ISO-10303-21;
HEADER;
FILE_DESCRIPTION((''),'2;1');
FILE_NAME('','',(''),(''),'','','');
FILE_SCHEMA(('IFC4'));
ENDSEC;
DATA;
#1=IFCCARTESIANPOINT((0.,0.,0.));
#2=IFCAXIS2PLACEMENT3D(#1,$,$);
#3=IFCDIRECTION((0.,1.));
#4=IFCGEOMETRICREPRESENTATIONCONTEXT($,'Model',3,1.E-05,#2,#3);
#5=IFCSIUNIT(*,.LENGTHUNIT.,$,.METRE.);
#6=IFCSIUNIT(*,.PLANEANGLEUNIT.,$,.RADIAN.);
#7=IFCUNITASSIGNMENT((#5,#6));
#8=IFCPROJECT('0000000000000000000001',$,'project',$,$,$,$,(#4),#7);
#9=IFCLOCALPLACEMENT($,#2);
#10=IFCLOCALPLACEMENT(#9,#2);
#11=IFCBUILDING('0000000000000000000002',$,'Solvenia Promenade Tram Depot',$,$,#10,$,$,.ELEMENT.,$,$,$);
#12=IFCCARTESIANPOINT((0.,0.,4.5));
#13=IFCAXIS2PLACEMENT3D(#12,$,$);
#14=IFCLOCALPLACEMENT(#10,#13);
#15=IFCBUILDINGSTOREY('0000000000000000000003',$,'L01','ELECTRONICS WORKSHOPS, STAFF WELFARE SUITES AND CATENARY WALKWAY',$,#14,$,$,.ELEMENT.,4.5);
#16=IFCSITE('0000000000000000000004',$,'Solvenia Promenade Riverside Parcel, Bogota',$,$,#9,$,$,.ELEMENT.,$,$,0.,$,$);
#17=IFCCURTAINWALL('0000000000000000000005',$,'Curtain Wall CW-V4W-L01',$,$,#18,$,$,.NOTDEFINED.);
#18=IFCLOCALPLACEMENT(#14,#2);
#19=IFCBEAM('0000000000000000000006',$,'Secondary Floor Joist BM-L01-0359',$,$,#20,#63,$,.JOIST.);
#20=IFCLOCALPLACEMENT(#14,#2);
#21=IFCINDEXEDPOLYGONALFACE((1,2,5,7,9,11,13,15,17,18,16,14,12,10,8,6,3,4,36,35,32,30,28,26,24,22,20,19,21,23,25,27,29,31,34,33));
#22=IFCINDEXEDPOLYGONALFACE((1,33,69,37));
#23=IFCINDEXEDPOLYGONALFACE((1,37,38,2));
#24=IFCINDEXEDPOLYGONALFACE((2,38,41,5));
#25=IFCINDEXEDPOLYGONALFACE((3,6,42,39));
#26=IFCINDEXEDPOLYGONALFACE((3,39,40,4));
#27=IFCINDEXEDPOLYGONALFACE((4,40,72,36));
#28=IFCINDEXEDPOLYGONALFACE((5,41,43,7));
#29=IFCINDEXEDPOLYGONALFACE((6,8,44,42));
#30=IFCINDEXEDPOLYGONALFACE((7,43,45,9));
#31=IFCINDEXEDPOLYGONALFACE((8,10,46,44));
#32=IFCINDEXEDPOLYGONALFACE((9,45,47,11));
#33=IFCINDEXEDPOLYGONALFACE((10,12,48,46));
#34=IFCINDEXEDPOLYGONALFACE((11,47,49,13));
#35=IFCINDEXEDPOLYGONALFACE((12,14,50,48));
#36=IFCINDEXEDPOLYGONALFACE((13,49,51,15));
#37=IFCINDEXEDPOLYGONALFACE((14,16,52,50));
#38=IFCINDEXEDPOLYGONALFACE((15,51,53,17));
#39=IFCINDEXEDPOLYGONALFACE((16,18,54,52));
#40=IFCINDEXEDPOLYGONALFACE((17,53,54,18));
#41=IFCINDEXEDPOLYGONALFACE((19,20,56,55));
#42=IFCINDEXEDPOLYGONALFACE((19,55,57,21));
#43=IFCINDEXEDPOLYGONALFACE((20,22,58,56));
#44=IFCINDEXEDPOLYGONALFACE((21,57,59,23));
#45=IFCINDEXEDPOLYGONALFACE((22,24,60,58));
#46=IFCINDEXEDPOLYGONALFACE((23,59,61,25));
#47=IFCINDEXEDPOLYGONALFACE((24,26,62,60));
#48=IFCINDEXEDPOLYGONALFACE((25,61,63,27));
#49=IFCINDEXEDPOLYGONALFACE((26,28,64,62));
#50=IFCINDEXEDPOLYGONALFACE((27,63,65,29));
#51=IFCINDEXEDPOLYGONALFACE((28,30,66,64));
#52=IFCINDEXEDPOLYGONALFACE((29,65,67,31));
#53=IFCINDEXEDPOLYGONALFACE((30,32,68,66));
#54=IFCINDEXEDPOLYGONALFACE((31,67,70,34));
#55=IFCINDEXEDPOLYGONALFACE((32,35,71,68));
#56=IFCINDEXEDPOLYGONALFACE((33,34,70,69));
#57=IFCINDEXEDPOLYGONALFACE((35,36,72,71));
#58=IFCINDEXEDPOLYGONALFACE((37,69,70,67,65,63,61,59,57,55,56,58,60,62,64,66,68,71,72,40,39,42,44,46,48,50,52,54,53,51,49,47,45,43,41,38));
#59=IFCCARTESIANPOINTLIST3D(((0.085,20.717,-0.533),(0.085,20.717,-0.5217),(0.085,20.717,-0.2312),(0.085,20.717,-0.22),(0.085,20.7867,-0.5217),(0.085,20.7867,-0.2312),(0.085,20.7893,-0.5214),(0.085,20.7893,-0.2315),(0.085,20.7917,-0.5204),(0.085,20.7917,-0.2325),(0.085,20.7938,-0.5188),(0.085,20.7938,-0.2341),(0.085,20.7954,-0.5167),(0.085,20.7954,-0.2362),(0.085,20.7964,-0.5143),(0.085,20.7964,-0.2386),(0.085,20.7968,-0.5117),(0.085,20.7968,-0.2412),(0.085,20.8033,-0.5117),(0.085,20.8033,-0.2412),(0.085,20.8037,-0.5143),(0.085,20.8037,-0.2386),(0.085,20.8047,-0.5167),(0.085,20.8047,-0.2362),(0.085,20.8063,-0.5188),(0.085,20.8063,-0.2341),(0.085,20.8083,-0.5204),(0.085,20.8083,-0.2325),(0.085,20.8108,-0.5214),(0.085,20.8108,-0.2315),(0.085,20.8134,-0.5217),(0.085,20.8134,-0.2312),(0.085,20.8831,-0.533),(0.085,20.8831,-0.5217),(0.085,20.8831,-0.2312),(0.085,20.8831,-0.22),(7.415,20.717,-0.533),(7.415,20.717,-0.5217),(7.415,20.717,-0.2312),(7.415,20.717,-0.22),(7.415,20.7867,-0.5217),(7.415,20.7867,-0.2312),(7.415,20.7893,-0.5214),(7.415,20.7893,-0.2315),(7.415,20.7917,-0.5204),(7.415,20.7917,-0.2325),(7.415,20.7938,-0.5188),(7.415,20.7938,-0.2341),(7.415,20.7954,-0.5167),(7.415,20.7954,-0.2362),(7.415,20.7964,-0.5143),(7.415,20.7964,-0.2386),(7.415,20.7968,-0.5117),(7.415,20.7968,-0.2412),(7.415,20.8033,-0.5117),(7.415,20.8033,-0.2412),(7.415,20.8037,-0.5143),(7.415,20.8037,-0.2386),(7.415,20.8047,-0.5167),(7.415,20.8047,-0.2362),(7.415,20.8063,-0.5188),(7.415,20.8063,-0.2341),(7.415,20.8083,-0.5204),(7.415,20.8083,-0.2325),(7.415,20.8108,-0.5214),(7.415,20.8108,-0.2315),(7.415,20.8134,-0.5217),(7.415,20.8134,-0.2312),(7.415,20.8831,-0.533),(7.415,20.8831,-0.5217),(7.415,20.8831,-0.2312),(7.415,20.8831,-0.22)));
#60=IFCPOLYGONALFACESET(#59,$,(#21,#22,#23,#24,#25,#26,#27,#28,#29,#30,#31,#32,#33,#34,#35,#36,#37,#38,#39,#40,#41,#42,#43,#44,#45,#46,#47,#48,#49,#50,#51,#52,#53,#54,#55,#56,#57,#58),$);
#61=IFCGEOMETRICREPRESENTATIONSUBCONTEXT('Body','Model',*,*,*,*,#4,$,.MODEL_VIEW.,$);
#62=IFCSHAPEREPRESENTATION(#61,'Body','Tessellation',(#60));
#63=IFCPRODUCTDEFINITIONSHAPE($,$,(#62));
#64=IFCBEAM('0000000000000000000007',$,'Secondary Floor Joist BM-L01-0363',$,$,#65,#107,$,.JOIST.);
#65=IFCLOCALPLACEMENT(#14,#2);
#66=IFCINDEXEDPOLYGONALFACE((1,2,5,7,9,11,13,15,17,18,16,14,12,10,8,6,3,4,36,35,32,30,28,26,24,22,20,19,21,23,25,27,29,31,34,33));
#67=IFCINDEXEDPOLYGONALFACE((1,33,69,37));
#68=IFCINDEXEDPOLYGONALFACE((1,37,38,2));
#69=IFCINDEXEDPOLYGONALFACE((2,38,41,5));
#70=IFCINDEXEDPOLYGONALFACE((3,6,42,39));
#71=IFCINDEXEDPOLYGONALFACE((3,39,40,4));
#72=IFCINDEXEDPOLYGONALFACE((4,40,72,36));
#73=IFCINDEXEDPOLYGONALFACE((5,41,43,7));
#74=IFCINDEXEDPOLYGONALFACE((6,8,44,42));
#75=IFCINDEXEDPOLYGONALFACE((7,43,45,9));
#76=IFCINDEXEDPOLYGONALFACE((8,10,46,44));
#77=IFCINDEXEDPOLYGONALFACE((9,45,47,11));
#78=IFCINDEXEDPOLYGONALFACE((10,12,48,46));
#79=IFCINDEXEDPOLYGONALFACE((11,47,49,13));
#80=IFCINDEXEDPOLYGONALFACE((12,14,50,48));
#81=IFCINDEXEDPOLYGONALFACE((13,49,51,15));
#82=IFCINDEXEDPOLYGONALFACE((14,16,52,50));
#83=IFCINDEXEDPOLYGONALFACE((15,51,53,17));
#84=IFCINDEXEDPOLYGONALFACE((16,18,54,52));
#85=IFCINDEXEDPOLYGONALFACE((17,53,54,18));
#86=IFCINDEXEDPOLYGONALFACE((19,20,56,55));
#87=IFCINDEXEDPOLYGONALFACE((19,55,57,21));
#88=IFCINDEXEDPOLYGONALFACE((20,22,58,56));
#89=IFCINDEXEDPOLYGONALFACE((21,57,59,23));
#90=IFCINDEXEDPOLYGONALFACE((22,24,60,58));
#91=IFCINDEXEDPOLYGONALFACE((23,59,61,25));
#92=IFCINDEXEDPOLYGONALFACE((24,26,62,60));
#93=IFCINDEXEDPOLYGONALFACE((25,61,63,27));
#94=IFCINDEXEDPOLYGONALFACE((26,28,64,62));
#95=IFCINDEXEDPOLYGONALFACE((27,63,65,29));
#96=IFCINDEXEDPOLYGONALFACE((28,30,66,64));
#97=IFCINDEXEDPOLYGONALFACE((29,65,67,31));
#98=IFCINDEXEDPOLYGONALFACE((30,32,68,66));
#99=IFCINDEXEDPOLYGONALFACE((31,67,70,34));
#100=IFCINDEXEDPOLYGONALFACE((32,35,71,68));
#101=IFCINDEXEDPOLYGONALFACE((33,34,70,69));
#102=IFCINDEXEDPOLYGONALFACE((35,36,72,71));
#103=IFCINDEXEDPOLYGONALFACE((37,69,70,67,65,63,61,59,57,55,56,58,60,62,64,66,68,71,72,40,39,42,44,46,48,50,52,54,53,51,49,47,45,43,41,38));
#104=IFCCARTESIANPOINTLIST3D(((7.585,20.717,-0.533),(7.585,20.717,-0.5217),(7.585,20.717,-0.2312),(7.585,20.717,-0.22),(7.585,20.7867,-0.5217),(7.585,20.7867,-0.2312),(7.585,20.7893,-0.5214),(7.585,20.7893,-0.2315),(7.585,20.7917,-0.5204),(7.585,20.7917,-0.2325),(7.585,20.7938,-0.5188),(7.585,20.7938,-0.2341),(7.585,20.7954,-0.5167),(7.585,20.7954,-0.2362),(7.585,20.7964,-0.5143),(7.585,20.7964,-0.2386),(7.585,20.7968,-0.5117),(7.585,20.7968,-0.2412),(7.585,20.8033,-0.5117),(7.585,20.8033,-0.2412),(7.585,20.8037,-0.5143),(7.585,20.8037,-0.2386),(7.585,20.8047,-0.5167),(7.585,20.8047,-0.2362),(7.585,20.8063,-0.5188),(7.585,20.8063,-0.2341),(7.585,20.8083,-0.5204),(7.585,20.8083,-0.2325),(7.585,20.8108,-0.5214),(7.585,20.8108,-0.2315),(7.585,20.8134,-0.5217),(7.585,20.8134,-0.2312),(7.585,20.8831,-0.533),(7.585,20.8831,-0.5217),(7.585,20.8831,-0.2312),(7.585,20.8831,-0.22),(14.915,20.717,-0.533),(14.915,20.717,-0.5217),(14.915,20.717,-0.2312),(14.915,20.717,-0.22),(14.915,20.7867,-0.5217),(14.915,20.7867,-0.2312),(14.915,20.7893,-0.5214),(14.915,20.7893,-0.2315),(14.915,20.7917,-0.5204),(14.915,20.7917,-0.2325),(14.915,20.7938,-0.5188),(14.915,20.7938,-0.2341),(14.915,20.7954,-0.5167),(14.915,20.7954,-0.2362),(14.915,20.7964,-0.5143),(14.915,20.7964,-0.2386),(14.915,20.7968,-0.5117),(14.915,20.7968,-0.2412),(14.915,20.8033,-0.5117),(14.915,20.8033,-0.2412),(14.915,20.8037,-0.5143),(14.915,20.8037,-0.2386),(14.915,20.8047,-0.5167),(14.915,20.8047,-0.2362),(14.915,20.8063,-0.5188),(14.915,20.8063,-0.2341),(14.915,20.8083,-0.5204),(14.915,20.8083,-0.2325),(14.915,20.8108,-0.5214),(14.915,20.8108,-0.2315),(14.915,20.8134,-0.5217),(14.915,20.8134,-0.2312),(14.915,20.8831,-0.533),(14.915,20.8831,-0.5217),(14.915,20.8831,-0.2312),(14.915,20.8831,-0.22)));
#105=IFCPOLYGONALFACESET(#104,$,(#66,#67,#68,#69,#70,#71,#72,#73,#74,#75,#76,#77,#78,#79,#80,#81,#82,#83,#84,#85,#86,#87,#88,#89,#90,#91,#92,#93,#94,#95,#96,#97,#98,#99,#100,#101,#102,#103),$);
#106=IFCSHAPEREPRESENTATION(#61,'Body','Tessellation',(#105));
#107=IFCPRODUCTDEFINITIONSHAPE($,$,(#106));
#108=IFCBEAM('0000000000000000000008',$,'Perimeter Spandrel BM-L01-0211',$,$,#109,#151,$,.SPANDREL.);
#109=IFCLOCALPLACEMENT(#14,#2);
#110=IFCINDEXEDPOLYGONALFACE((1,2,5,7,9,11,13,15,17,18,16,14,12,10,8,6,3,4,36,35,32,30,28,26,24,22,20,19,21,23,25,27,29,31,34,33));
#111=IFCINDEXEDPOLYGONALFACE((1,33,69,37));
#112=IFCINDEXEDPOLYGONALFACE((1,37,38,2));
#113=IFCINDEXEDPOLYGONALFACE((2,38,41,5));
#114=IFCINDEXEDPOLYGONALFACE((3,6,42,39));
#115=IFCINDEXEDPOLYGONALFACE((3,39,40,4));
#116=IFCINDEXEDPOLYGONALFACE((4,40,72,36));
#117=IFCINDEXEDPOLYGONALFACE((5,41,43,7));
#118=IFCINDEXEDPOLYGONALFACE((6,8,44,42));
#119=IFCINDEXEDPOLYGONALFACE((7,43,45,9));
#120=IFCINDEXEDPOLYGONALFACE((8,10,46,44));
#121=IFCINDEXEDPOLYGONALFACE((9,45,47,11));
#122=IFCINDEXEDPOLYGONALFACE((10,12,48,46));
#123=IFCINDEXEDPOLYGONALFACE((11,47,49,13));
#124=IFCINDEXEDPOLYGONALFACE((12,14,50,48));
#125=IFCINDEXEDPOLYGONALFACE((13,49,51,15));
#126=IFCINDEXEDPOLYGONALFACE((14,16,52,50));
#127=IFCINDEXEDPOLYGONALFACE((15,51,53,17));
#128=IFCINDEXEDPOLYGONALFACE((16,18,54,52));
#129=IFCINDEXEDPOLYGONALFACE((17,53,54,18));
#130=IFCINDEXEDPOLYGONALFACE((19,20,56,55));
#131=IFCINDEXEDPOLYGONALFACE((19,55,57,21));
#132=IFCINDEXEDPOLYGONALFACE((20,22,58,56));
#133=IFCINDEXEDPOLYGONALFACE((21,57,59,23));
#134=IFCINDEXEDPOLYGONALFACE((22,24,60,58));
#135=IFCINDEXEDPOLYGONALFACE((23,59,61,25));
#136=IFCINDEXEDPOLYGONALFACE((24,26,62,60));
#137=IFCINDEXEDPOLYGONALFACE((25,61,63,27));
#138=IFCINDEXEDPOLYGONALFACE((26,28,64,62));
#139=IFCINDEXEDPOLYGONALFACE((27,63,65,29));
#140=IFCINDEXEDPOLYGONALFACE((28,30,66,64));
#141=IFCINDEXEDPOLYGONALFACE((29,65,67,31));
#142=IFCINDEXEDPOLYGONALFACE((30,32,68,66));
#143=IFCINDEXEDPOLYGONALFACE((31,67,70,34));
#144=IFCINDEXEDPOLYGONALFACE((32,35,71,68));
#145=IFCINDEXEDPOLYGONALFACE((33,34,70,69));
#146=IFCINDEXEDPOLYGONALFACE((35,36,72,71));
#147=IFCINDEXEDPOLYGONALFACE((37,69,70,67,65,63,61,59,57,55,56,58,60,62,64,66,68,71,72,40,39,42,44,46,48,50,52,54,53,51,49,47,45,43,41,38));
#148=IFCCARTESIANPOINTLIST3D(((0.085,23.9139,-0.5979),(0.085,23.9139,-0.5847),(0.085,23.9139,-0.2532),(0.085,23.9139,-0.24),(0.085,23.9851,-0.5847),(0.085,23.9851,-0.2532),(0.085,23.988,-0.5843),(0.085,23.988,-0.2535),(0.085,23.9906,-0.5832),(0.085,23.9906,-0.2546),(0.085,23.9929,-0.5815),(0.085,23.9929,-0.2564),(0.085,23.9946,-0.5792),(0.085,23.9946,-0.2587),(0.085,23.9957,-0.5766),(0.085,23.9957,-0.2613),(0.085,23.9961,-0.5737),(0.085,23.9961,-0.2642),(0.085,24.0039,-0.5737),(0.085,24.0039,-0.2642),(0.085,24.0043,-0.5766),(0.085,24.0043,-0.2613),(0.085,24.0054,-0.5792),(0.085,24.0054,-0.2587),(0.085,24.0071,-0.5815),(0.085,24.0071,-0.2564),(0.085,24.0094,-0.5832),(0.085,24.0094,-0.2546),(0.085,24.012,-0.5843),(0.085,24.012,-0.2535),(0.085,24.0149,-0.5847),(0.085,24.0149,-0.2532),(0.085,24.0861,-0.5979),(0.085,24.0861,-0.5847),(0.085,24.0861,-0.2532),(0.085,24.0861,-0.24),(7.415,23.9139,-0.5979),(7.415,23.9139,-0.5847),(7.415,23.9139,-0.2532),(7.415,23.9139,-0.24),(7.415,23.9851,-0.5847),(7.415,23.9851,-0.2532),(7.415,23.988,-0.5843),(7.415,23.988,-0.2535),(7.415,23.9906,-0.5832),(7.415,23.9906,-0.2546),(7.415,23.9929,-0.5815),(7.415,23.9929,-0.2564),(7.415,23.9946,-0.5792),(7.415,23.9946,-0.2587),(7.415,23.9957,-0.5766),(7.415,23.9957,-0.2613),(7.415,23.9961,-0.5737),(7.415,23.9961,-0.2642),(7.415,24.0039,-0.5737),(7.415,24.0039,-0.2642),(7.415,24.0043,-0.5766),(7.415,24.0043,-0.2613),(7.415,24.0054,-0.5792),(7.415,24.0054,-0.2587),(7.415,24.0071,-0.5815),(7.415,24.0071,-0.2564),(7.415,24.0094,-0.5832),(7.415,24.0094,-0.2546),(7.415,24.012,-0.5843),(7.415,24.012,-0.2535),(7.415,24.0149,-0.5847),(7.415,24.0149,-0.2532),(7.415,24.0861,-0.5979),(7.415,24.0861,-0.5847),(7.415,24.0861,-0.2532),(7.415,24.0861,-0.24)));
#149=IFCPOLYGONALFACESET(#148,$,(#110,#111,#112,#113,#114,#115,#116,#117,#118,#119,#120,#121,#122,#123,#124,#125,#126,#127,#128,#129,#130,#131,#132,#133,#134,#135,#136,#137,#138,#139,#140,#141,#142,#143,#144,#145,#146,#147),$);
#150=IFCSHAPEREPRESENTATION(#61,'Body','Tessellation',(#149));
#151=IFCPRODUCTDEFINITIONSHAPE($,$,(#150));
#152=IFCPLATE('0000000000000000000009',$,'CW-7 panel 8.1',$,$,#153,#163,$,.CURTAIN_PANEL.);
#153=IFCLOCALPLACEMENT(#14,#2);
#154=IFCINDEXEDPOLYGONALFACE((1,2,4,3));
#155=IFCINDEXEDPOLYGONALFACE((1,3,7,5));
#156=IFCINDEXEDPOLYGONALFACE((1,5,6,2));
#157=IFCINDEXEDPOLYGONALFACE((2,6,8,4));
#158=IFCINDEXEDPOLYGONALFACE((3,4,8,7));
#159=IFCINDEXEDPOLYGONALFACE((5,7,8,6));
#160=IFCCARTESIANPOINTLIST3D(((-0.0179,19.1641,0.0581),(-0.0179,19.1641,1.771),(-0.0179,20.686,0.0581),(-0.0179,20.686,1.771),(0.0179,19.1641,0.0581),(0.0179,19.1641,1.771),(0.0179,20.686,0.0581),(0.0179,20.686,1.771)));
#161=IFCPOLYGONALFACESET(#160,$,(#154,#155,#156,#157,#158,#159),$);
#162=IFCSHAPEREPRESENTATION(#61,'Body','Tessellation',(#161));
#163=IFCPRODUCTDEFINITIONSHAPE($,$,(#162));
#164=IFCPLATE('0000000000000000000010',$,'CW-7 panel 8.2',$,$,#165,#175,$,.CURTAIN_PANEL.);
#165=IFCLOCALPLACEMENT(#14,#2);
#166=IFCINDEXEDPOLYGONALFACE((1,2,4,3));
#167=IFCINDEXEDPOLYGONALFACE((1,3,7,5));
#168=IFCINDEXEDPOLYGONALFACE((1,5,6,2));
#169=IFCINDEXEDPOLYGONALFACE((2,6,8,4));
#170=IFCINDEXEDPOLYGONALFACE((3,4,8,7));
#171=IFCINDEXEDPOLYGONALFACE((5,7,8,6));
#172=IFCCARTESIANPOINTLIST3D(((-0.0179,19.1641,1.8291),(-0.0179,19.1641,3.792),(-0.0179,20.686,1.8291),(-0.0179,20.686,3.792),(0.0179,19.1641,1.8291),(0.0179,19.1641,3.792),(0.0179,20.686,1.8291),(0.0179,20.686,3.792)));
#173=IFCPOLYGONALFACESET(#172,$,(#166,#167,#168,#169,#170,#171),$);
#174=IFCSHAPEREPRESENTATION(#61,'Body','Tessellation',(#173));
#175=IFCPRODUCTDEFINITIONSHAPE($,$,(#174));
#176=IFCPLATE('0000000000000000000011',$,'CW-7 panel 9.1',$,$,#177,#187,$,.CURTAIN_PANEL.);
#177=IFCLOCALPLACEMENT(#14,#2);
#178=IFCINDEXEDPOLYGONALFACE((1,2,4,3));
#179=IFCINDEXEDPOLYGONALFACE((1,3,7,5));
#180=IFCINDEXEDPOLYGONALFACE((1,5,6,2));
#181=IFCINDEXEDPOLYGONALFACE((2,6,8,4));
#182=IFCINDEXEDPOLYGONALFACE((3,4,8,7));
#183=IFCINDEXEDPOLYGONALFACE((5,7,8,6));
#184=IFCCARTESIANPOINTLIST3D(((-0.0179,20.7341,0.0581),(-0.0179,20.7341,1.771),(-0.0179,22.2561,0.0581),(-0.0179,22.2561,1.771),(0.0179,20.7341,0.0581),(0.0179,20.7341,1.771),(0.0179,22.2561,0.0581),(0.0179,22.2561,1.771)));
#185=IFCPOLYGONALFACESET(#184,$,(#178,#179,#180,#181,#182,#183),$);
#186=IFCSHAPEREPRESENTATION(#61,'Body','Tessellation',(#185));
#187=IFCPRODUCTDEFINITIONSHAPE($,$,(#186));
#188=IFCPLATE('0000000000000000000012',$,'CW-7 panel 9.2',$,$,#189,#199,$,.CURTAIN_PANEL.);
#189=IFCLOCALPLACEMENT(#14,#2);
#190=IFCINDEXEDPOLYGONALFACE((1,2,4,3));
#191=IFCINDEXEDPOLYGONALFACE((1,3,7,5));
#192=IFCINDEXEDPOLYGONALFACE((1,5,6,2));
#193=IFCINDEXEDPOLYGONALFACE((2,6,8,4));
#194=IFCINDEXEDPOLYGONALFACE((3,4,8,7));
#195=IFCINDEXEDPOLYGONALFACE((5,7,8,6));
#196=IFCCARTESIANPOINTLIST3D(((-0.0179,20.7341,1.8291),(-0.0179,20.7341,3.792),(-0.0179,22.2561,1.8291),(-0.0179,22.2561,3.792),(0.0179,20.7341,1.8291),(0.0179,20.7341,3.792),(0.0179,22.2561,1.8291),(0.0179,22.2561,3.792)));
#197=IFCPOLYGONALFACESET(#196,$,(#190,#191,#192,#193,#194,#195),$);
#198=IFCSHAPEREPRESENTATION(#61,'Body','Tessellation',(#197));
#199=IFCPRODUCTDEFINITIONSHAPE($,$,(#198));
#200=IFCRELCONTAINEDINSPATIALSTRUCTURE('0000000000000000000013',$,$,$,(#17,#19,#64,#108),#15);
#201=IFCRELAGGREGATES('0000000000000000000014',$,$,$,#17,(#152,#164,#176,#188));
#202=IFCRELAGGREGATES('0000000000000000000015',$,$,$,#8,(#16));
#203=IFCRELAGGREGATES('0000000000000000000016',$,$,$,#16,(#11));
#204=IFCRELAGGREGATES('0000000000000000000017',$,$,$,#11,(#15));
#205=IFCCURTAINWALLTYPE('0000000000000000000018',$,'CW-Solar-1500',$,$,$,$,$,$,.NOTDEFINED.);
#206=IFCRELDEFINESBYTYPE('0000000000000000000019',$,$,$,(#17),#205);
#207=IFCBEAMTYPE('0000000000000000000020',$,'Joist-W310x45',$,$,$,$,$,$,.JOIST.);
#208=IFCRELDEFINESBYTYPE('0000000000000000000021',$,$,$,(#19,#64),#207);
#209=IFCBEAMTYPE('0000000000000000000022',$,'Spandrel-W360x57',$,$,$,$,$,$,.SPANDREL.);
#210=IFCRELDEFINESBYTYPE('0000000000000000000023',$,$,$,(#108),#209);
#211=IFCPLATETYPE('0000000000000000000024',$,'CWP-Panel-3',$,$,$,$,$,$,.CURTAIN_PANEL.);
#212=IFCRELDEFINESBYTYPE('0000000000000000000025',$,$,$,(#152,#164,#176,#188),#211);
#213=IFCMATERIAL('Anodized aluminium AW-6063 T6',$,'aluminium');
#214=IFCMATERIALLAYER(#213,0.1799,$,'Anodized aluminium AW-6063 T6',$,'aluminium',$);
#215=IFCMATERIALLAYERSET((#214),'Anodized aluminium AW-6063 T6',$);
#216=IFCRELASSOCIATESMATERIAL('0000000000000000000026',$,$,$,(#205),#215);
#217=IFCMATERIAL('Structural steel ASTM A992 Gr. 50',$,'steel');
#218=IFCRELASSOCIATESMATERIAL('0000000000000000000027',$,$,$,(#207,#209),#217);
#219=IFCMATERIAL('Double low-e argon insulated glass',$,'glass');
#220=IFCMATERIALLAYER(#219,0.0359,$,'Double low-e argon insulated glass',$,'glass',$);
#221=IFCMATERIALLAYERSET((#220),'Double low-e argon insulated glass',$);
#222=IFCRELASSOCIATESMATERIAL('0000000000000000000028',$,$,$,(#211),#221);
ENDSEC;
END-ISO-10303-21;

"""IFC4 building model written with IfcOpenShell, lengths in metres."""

from ifc_helpers import new_model, si_unit, direction, frame, origin, origin_2d, place, context, subcontext, project, spatial, rectangle, i_section, extrude, material, layer, layer_set, material_profile, profile_set, type_object, element, aggregate, save


model = new_model("IFC4")

# Units and contexts
model_context = context("Model", 3, precision=1e-05, world=origin(), true_north=direction((0.0, 1.0)))
body_context = subcontext(model_context, "Body", "Model", "MODEL_VIEW")
ifc_project = project(units=[si_unit("LENGTHUNIT", "METRE"), si_unit("PLANEANGLEUNIT", "RADIAN")], contexts=[model_context])

# Site, building, storey
site_placement = place(None, origin())
site = spatial("IfcSite", under=ifc_project, at=site_placement, Name="Solvenia Promenade Riverside Parcel, Bogota", CompositionType="ELEMENT", RefElevation=0.0)
building_placement = place(site_placement, origin())
building = spatial("IfcBuilding", under=site, at=building_placement, Name="Solvenia Promenade Tram Depot", CompositionType="ELEMENT")
storey_placement = place(building_placement, frame((0.0, 0.0, 4.5)))
storey = spatial("IfcBuildingStorey", under=building, at=storey_placement, Name="L01", Description="ELECTRONICS WORKSHOPS, STAFF WELFARE SUITES AND CATENARY WALKWAY", CompositionType="ELEMENT", Elevation=4.5)

# Shared definitions
ifc_material_1 = material(Name="Structural steel ASTM A992 Gr. 50", Category="steel")

# Curtain wall
ifc_material_2 = material(Name="Anodized aluminium AW-6063 T6", Category="aluminium")
ifc_layer_1 = layer(ifc_material_2, 0.1799, Name="Anodized aluminium AW-6063 T6", Category="aluminium")
ifc_layer_set_1 = layer_set([ifc_layer_1], Name="Anodized aluminium AW-6063 T6")
curtain_wall_type = type_object("IfcCurtainWallType", Name="CW-Solar-1500", PredefinedType="NOTDEFINED", material=ifc_layer_set_1)
curtain_wall_placement = place(storey_placement, origin())
curtain_wall = element("IfcCurtainWall", 1, at=curtain_wall_placement, inside=storey, type_object=curtain_wall_type, Name="Curtain Wall CW-V4W-L01", PredefinedType="NOTDEFINED")

# Beams
ifc_material_profile_1 = material_profile(ifc_material_1, i_section(OverallWidth=0.166, OverallDepth=0.313, WebThickness=0.0066, FlangeThickness=0.0112, FilletRadius=0.01, at=origin_2d()), Name="W310x45", Category="steel")
ifc_profile_set_1 = profile_set([ifc_material_profile_1], Name="Structural steel ASTM A992 Gr. 50")
beam_type_1 = type_object("IfcBeamType", Name="Joist-W310x45", PredefinedType="JOIST", material=ifc_profile_set_1)
for number, where, z_axis, x_axis, name in (
    (2, (0.085, 20.8, -0.3765), (1.0, 0.0, 0.0), (0.0, 1.0, 0.0), "Secondary Floor Joist BM-L01-0359"),
    (3, (7.585, 20.8, -0.3765), (1.0, 0.0, 0.0), (0.0, 1.0, 0.0), "Secondary Floor Joist BM-L01-0363"),
):
    element("IfcBeam", number, at=place(storey_placement, frame(where, z_axis=z_axis, x_axis=x_axis)), inside=storey, type_object=beam_type_1, Name=name, PredefinedType="JOIST", context=body_context, shape_type="SweptSolid", body=[
        extrude(i_section(OverallWidth=0.166, OverallDepth=0.313, WebThickness=0.0066, FlangeThickness=0.0112, FilletRadius=0.01, at=origin_2d()), origin(), (0.0, 0.0, 1.0), 7.3301),
    ])
ifc_material_profile_2 = material_profile(ifc_material_1, i_section(OverallWidth=0.1721, OverallDepth=0.3579, WebThickness=0.0078, FlangeThickness=0.0132, FilletRadius=0.011, at=origin_2d()), Name="W360x57", Category="steel")
ifc_profile_set_2 = profile_set([ifc_material_profile_2], Name="Structural steel ASTM A992 Gr. 50")
beam_type_2 = type_object("IfcBeamType", Name="Spandrel-W360x57", PredefinedType="SPANDREL", material=ifc_profile_set_2)
beam_placement = place(storey_placement, frame((0.085, 24.0, -0.4189), z_axis=(1.0, 0.0, 0.0), x_axis=(0.0, 1.0, 0.0)))
element("IfcBeam", 4, at=beam_placement, inside=storey, type_object=beam_type_2, Name="Perimeter Spandrel BM-L01-0211", PredefinedType="SPANDREL", context=body_context, shape_type="SweptSolid", body=[
    extrude(i_section(OverallWidth=0.1721, OverallDepth=0.3579, WebThickness=0.0078, FlangeThickness=0.0132, FilletRadius=0.011, at=origin_2d()), origin(), (0.0, 0.0, 1.0), 7.3301),
])

# Plates
ifc_material_3 = material(Name="Double low-e argon insulated glass", Category="glass")
ifc_layer_2 = layer(ifc_material_3, 0.0359, Name="Double low-e argon insulated glass", Category="glass")
ifc_layer_set_2 = layer_set([ifc_layer_2], Name="Double low-e argon insulated glass")
plate_type_1 = type_object("IfcPlateType", Name="CWP-Panel-3", PredefinedType="CURTAIN_PANEL", material=ifc_layer_set_2)
plate_1_placement = place(storey_placement, frame((0.0, 19.925, 0.0581), z_axis=(0.0, 0.0, 1.0), x_axis=(0.0, 1.0, 0.0)))
plate_1 = element("IfcPlate", 5, at=plate_1_placement, type_object=plate_type_1, Name="CW-7 panel 8.1", PredefinedType="CURTAIN_PANEL", context=body_context, shape_type="SweptSolid", body=[
    extrude(rectangle(XDim=1.522, YDim=0.0359, at=origin_2d()), origin(), (0.0, 0.0, 1.0), 1.7129),
])
plate_2_placement = place(storey_placement, frame((0.0, 19.925, 1.8291), z_axis=(0.0, 0.0, 1.0), x_axis=(0.0, 1.0, 0.0)))
plate_2 = element("IfcPlate", 6, at=plate_2_placement, type_object=plate_type_1, Name="CW-7 panel 8.2", PredefinedType="CURTAIN_PANEL", context=body_context, shape_type="SweptSolid", body=[
    extrude(rectangle(XDim=1.522, YDim=0.0359, at=origin_2d()), origin(), (0.0, 0.0, 1.0), 1.9629),
])
plate_3_placement = place(storey_placement, frame((0.0, 21.4951, 0.0581), z_axis=(0.0, 0.0, 1.0), x_axis=(0.0, 1.0, 0.0)))
plate_3 = element("IfcPlate", 7, at=plate_3_placement, type_object=plate_type_1, Name="CW-7 panel 9.1", PredefinedType="CURTAIN_PANEL", context=body_context, shape_type="SweptSolid", body=[
    extrude(rectangle(XDim=1.522, YDim=0.0359, at=origin_2d()), origin(), (0.0, 0.0, 1.0), 1.7129),
])
plate_4_placement = place(storey_placement, frame((0.0, 21.4951, 1.8291), z_axis=(0.0, 0.0, 1.0), x_axis=(0.0, 1.0, 0.0)))
plate_4 = element("IfcPlate", 8, at=plate_4_placement, type_object=plate_type_1, Name="CW-7 panel 9.2", PredefinedType="CURTAIN_PANEL", context=body_context, shape_type="SweptSolid", body=[
    extrude(rectangle(XDim=1.522, YDim=0.0359, at=origin_2d()), origin(), (0.0, 0.0, 1.0), 1.9629),
])
aggregate(curtain_wall, [plate_1, plate_2, plate_3, plate_4])

save(model, "model.ifc")
